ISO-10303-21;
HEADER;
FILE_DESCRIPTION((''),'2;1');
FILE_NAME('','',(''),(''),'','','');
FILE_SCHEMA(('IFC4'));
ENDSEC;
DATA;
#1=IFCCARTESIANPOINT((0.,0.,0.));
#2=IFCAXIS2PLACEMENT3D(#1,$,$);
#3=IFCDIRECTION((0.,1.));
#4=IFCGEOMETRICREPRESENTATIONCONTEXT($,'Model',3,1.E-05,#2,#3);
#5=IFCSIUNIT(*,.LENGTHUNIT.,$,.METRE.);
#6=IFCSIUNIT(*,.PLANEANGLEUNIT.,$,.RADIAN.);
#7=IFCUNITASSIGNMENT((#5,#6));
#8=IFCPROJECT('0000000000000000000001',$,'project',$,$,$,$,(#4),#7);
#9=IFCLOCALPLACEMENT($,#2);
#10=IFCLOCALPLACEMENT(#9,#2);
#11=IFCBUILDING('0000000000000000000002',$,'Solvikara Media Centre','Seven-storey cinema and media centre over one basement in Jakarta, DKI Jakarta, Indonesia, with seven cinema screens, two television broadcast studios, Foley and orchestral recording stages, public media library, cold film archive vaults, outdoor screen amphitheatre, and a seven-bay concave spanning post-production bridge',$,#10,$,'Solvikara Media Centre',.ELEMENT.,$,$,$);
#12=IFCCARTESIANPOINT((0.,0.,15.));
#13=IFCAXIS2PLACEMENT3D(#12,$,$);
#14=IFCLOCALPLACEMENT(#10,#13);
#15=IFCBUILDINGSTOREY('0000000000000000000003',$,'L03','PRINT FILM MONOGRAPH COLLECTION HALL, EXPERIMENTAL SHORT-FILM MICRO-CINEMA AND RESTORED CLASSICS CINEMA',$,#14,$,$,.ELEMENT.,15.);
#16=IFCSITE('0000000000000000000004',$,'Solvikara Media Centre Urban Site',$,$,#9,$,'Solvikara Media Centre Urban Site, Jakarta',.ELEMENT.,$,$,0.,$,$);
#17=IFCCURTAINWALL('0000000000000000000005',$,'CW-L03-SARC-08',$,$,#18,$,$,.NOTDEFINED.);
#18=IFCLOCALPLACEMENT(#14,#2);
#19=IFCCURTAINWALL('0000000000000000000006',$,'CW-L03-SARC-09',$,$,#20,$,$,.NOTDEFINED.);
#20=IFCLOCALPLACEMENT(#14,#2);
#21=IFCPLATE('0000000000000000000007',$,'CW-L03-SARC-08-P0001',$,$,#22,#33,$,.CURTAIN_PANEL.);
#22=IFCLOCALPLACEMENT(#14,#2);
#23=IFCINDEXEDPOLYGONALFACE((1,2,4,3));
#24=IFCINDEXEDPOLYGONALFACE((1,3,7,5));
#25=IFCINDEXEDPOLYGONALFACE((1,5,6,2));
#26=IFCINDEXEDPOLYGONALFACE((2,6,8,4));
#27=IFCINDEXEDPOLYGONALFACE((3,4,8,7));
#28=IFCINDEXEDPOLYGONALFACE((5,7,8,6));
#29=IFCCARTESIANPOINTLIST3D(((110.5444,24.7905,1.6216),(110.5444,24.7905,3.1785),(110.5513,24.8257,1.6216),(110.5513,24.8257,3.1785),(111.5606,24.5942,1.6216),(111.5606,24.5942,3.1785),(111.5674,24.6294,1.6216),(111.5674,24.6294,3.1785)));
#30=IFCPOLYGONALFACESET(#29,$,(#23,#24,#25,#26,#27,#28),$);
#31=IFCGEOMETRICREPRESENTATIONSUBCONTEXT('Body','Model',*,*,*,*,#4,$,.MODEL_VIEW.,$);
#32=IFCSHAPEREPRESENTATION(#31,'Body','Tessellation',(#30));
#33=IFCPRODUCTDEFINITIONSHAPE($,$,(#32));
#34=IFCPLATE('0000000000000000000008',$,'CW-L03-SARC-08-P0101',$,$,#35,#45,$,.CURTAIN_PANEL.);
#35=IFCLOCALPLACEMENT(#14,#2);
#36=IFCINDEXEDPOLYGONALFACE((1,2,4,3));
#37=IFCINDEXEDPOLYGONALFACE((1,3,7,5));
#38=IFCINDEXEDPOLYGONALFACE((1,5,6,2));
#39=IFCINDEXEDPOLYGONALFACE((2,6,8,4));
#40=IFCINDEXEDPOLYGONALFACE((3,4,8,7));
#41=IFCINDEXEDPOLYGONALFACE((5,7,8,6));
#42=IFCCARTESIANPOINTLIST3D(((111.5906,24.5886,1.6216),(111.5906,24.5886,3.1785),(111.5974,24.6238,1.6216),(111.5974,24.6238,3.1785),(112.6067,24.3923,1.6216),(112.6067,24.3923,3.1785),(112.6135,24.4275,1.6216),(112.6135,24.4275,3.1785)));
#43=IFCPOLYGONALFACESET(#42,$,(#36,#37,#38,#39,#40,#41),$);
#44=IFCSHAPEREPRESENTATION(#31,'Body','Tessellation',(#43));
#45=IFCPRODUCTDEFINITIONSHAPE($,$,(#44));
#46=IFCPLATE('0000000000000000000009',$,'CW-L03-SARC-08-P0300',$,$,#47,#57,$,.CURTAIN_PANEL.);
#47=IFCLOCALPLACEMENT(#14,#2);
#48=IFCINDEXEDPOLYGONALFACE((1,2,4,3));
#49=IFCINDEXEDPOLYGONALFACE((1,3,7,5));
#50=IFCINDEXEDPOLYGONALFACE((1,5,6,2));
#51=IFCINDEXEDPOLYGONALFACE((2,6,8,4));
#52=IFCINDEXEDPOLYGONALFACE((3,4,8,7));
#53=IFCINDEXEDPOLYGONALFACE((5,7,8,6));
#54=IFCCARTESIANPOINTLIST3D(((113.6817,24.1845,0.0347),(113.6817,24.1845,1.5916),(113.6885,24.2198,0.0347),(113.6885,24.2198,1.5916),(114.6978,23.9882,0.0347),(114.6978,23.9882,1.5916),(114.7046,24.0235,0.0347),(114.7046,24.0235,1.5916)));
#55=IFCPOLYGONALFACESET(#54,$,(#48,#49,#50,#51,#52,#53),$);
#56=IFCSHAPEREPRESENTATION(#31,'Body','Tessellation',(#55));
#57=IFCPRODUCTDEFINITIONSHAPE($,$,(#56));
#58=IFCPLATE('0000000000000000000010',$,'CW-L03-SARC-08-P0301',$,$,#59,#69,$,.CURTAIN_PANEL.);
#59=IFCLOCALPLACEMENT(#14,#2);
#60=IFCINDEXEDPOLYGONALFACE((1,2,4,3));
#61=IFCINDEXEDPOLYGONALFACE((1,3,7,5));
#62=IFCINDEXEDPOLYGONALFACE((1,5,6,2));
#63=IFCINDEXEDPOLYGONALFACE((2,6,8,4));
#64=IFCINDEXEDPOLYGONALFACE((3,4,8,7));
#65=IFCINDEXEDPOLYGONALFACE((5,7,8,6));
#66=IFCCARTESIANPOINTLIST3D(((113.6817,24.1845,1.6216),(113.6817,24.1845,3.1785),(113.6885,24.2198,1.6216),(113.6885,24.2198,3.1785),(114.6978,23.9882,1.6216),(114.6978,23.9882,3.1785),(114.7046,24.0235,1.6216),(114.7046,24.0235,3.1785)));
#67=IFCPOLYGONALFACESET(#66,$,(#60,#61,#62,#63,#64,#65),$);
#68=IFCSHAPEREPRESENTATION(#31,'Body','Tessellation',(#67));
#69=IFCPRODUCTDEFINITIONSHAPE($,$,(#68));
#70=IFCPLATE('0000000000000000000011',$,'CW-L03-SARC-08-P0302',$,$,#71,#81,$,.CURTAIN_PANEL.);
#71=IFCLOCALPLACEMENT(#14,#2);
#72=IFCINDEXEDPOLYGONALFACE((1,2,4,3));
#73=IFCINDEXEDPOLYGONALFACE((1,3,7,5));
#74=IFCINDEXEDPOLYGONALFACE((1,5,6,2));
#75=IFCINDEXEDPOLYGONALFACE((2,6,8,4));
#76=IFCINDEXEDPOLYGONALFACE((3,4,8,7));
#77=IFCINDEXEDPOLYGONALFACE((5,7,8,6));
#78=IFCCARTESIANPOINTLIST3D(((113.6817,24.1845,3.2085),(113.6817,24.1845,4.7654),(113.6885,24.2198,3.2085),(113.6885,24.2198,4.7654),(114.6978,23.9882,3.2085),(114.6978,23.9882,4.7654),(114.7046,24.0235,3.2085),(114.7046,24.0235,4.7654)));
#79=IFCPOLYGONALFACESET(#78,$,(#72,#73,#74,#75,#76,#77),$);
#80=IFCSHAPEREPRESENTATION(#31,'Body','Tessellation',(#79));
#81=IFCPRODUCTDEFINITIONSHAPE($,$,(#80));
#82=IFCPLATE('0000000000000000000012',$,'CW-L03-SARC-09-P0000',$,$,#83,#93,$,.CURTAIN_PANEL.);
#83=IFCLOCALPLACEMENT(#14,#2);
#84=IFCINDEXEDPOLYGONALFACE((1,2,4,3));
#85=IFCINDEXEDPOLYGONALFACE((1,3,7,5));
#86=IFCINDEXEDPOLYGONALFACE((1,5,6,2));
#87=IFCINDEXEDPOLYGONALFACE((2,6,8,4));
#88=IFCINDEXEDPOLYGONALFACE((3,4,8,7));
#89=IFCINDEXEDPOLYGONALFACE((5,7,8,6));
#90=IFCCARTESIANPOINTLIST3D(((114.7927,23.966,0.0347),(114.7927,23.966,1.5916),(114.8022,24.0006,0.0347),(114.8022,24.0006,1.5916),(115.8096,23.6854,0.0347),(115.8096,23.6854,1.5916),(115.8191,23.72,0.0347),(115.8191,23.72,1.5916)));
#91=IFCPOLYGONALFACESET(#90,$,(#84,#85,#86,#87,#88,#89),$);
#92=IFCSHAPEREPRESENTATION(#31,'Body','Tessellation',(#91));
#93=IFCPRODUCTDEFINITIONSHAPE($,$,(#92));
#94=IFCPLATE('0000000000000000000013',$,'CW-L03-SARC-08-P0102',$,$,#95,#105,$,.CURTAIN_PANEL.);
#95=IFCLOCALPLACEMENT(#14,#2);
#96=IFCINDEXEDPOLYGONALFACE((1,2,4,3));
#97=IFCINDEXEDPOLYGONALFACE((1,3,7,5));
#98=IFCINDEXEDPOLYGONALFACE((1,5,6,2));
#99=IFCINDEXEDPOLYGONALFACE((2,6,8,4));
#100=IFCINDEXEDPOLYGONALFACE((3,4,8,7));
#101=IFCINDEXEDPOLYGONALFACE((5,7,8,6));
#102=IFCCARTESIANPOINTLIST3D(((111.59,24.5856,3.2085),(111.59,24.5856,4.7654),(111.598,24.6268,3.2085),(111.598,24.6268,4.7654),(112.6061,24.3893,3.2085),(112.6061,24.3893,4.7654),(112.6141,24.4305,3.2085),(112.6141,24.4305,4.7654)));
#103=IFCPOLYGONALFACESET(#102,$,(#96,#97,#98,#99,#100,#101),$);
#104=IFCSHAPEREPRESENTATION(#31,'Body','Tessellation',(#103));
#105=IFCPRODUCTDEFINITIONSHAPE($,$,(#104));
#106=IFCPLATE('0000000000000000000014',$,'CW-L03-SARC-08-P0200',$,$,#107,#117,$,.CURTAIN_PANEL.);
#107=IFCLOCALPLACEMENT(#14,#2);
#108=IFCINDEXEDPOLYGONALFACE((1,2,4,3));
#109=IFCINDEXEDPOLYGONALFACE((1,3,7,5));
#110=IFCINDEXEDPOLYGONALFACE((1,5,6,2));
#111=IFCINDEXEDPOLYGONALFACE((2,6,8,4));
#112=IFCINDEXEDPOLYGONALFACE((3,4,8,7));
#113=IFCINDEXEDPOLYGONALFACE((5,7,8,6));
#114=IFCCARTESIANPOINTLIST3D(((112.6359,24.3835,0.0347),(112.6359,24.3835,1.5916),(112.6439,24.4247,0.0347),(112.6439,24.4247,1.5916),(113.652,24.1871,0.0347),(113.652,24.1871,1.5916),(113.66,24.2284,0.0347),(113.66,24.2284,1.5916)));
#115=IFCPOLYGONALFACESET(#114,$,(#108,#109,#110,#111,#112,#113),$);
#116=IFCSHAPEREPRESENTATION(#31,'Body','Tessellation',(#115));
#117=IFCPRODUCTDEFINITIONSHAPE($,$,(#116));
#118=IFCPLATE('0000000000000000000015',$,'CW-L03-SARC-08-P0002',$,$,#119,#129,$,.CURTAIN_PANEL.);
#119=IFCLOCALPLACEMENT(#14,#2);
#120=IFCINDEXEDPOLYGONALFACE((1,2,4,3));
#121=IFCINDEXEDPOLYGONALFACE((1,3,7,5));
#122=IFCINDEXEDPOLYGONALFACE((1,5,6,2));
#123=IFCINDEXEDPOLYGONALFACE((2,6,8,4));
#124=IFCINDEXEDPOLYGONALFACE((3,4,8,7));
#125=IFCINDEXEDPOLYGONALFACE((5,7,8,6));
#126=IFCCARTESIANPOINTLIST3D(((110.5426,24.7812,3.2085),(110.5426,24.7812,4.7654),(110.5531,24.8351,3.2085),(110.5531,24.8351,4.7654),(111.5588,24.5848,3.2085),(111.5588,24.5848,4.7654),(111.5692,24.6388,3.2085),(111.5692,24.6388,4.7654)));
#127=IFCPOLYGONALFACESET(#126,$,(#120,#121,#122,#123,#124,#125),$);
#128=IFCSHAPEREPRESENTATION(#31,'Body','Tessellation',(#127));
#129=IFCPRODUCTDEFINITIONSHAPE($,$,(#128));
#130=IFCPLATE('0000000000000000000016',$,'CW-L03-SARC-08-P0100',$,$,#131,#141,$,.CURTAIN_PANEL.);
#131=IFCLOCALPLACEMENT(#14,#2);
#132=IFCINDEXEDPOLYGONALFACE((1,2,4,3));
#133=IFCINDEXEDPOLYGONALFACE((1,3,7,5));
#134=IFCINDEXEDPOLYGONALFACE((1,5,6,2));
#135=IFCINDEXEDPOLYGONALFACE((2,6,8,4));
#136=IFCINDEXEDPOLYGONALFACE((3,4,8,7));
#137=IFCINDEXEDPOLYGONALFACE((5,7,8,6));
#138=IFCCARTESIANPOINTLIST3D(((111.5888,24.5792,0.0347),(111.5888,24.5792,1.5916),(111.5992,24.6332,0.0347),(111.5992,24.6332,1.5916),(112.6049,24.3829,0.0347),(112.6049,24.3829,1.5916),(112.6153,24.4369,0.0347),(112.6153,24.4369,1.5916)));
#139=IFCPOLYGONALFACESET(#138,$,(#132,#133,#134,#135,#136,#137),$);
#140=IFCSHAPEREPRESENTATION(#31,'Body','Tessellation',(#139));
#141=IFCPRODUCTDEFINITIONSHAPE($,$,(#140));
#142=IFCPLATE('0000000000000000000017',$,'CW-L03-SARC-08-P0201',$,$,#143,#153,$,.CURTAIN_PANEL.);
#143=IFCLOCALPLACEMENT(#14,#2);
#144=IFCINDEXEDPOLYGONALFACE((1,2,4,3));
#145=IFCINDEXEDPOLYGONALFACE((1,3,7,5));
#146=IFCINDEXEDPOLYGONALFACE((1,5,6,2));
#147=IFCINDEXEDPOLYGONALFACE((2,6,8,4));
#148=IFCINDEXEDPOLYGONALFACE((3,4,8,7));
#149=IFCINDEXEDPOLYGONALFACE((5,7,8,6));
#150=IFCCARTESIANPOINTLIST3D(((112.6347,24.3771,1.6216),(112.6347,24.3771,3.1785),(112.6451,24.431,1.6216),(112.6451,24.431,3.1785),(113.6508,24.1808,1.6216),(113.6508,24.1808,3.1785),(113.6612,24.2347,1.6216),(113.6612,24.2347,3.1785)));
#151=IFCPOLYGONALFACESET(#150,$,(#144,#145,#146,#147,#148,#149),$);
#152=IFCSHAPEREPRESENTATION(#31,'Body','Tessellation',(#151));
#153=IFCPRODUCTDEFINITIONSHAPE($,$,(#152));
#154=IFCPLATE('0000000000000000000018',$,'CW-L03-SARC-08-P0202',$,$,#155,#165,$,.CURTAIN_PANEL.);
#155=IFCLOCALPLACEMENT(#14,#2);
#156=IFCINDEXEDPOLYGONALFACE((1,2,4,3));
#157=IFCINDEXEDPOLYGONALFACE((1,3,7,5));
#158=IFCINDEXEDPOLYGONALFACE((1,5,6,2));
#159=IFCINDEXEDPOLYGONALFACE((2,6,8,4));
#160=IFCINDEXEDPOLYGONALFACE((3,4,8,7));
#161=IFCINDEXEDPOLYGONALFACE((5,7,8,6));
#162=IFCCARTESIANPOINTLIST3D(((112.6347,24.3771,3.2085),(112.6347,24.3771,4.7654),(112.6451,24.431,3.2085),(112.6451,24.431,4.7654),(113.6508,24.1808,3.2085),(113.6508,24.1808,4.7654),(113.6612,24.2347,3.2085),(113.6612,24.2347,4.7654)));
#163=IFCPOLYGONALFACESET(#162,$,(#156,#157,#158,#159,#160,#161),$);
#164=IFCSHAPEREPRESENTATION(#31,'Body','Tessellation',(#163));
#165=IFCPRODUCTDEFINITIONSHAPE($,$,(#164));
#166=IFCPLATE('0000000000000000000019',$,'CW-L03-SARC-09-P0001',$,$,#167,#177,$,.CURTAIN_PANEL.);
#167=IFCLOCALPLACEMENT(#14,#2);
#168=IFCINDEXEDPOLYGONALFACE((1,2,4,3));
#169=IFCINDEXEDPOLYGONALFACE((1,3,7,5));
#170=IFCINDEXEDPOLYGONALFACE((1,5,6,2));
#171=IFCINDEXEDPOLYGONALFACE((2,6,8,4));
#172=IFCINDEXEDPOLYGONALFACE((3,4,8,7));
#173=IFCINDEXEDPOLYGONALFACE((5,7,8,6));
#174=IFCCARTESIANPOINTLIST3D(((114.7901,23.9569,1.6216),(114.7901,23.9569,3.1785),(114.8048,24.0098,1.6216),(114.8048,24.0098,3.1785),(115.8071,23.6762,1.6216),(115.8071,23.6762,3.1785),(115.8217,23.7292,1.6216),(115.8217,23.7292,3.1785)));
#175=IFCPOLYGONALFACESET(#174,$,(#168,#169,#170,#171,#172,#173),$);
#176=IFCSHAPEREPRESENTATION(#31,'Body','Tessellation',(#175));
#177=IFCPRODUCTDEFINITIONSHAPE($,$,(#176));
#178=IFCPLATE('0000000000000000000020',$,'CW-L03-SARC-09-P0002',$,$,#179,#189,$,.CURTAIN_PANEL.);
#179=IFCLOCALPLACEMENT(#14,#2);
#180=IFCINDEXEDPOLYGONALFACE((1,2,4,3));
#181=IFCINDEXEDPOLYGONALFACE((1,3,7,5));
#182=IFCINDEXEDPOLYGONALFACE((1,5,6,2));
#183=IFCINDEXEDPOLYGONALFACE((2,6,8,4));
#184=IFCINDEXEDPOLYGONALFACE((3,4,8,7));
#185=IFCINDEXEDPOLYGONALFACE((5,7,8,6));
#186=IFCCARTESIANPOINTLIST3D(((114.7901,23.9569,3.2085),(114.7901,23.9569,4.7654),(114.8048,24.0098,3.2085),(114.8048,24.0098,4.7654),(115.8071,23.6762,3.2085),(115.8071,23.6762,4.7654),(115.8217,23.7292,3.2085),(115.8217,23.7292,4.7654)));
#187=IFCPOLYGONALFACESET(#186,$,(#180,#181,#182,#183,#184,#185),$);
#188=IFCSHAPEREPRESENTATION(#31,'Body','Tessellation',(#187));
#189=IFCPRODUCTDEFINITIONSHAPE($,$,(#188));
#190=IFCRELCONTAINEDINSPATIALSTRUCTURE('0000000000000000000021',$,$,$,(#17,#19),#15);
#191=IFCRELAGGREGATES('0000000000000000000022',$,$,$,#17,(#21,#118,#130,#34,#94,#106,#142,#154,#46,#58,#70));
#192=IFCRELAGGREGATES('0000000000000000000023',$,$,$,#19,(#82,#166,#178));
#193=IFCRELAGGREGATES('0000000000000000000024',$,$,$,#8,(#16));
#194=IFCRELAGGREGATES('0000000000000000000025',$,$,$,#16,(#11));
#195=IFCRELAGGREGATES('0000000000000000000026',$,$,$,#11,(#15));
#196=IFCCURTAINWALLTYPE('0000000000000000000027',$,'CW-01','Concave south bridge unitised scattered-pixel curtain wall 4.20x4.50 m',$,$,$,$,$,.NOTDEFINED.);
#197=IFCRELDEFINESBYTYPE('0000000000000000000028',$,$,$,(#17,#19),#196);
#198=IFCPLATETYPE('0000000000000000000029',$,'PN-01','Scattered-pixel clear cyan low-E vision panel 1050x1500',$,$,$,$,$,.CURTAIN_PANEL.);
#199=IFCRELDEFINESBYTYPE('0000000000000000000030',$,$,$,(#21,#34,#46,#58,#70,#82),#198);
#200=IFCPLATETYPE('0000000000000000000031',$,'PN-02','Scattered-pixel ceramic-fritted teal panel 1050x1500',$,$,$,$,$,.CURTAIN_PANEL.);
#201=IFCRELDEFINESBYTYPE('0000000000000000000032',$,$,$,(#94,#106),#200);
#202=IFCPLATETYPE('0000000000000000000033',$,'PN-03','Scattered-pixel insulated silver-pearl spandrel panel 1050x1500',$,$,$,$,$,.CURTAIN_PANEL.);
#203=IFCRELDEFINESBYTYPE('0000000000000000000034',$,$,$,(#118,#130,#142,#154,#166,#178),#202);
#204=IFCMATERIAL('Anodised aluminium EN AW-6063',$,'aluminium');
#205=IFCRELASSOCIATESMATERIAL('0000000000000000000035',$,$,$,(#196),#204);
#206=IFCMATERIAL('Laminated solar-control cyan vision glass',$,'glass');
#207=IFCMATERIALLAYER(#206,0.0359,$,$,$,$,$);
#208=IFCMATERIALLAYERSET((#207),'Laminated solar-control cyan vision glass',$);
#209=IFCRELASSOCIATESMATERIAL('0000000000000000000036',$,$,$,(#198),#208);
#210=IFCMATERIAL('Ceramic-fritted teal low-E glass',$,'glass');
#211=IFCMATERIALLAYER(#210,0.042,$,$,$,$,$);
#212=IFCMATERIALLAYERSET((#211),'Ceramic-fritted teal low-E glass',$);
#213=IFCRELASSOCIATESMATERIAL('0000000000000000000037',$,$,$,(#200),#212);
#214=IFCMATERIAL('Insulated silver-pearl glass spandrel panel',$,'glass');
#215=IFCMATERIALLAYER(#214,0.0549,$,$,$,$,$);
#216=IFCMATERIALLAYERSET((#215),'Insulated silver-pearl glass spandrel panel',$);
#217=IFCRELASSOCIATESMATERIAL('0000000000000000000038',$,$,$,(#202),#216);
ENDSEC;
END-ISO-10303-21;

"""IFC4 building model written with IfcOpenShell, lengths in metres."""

from ifc_helpers import new_model, si_unit, direction, frame, origin, origin_2d, place, context, subcontext, project, spatial, rectangle, extrude, material, layer, layer_set, type_object, element, aggregate, save


model = new_model("IFC4")

# Units and contexts
model_context = context("Model", 3, precision=1e-05, world=origin(), true_north=direction((0.0, 1.0)))
body_context = subcontext(model_context, "Body", "Model", "MODEL_VIEW")
ifc_project = project(units=[si_unit("LENGTHUNIT", "METRE"), si_unit("PLANEANGLEUNIT", "RADIAN")], contexts=[model_context])

# Site, building, storey
site_placement = place(None, origin())
site = spatial("IfcSite", under=ifc_project, at=site_placement, Name="Solvikara Media Centre Urban Site", LongName="Solvikara Media Centre Urban Site, Jakarta", CompositionType="ELEMENT", RefElevation=0.0)
building_placement = place(site_placement, origin())
building = spatial("IfcBuilding", under=site, at=building_placement, Name="Solvikara Media Centre", Description="Seven-storey cinema and media centre over one basement in Jakarta, DKI Jakarta, Indonesia, with seven cinema screens, two television broadcast studios, Foley and orchestral recording stages, public media library, cold film archive vaults, outdoor screen amphitheatre, and a seven-bay concave spanning post-production bridge", LongName="Solvikara Media Centre", CompositionType="ELEMENT")
storey_placement = place(building_placement, frame((0.0, 0.0, 15.0)))
storey = spatial("IfcBuildingStorey", under=building, at=storey_placement, Name="L03", Description="PRINT FILM MONOGRAPH COLLECTION HALL, EXPERIMENTAL SHORT-FILM MICRO-CINEMA AND RESTORED CLASSICS CINEMA", CompositionType="ELEMENT", Elevation=15.0)

# Curtain walls
ifc_material_1 = material(Name="Anodised aluminium EN AW-6063", Category="aluminium")
curtain_wall_type = type_object("IfcCurtainWallType", Name="CW-01", Description="Concave south bridge unitised scattered-pixel curtain wall 4.20x4.50 m", PredefinedType="NOTDEFINED", material=ifc_material_1)
curtain_wall_1_placement = place(storey_placement, origin())
curtain_wall_1 = element("IfcCurtainWall", 1, at=curtain_wall_1_placement, inside=storey, type_object=curtain_wall_type, Name="CW-L03-SARC-08", PredefinedType="NOTDEFINED")
curtain_wall_2_placement = place(storey_placement, origin())
curtain_wall_2 = element("IfcCurtainWall", 2, at=curtain_wall_2_placement, inside=storey, type_object=curtain_wall_type, Name="CW-L03-SARC-09", PredefinedType="NOTDEFINED")

# Plates
ifc_material_2 = material(Name="Laminated solar-control cyan vision glass", Category="glass")
ifc_layer_1 = layer(ifc_material_2, 0.0359)
ifc_layer_set_1 = layer_set([ifc_layer_1], Name="Laminated solar-control cyan vision glass")
plate_type_1 = type_object("IfcPlateType", Name="PN-01", Description="Scattered-pixel clear cyan low-E vision panel 1050x1500", PredefinedType="CURTAIN_PANEL", material=ifc_layer_set_1)
plate_1_placement = place(storey_placement, frame((111.0559, 24.71, 1.6216), z_axis=(0.0, 0.0, 1.0), x_axis=(0.981843, -0.189695, 0.0)))
plate_1 = element("IfcPlate", 3, at=plate_1_placement, type_object=plate_type_1, Name="CW-L03-SARC-08-P0001", PredefinedType="CURTAIN_PANEL", context=body_context, shape_type="SweptSolid", body=[
    extrude(rectangle(XDim=1.0349, YDim=0.0359, at=origin_2d()), origin(), (0.0, 0.0, 1.0), 1.5569),
])
plate_2_placement = place(storey_placement, frame((112.1021, 24.5081, 1.6216), z_axis=(0.0, 0.0, 1.0), x_axis=(0.981843, -0.189695, 0.0)))
plate_2 = element("IfcPlate", 4, at=plate_2_placement, type_object=plate_type_1, Name="CW-L03-SARC-08-P0101", PredefinedType="CURTAIN_PANEL", context=body_context, shape_type="SweptSolid", body=[
    extrude(rectangle(XDim=1.0349, YDim=0.0359, at=origin_2d()), origin(), (0.0, 0.0, 1.0), 1.5569),
])
plate_3_placement = place(storey_placement, frame((114.1931, 24.104, 0.0347), z_axis=(0.0, 0.0, 1.0), x_axis=(0.981843, -0.189695, 0.0)))
plate_3 = element("IfcPlate", 5, at=plate_3_placement, type_object=plate_type_1, Name="CW-L03-SARC-08-P0300", PredefinedType="CURTAIN_PANEL", context=body_context, shape_type="SweptSolid", body=[
    extrude(rectangle(XDim=1.0349, YDim=0.0359, at=origin_2d()), origin(), (0.0, 0.0, 1.0), 1.5569),
])
plate_4_placement = place(storey_placement, frame((114.1931, 24.104, 1.6216), z_axis=(0.0, 0.0, 1.0), x_axis=(0.981843, -0.189695, 0.0)))
plate_4 = element("IfcPlate", 6, at=plate_4_placement, type_object=plate_type_1, Name="CW-L03-SARC-08-P0301", PredefinedType="CURTAIN_PANEL", context=body_context, shape_type="SweptSolid", body=[
    extrude(rectangle(XDim=1.0349, YDim=0.0359, at=origin_2d()), origin(), (0.0, 0.0, 1.0), 1.5569),
])
plate_5_placement = place(storey_placement, frame((114.1931, 24.104, 3.2085), z_axis=(0.0, 0.0, 1.0), x_axis=(0.981843, -0.189695, 0.0)))
plate_5 = element("IfcPlate", 7, at=plate_5_placement, type_object=plate_type_1, Name="CW-L03-SARC-08-P0302", PredefinedType="CURTAIN_PANEL", context=body_context, shape_type="SweptSolid", body=[
    extrude(rectangle(XDim=1.0349, YDim=0.0359, at=origin_2d()), origin(), (0.0, 0.0, 1.0), 1.5569),
])
plate_6_placement = place(storey_placement, frame((115.3059, 23.843, 0.0347), z_axis=(0.0, 0.0, 1.0), x_axis=(0.96397, -0.26601, 0.0)))
plate_6 = element("IfcPlate", 8, at=plate_6_placement, type_object=plate_type_1, Name="CW-L03-SARC-09-P0000", PredefinedType="CURTAIN_PANEL", context=body_context, shape_type="SweptSolid", body=[
    extrude(rectangle(XDim=1.0549, YDim=0.0359, at=origin_2d()), origin(), (0.0, 0.0, 1.0), 1.5569),
])
ifc_material_3 = material(Name="Ceramic-fritted teal low-E glass", Category="glass")
ifc_layer_2 = layer(ifc_material_3, 0.042)
ifc_layer_set_2 = layer_set([ifc_layer_2], Name="Ceramic-fritted teal low-E glass")
plate_type_2 = type_object("IfcPlateType", Name="PN-02", Description="Scattered-pixel ceramic-fritted teal panel 1050x1500", PredefinedType="CURTAIN_PANEL", material=ifc_layer_set_2)
plate_7_placement = place(storey_placement, frame((112.1021, 24.5081, 3.2085), z_axis=(0.0, 0.0, 1.0), x_axis=(0.981843, -0.189695, 0.0)))
plate_7 = element("IfcPlate", 9, at=plate_7_placement, type_object=plate_type_2, Name="CW-L03-SARC-08-P0102", PredefinedType="CURTAIN_PANEL", context=body_context, shape_type="SweptSolid", body=[
    extrude(rectangle(XDim=1.0349, YDim=0.042, at=origin_2d()), origin(), (0.0, 0.0, 1.0), 1.5569),
])
plate_8_placement = place(storey_placement, frame((113.1479, 24.3059, 0.0347), z_axis=(0.0, 0.0, 1.0), x_axis=(0.981843, -0.189695, 0.0)))
plate_8 = element("IfcPlate", 10, at=plate_8_placement, type_object=plate_type_2, Name="CW-L03-SARC-08-P0200", PredefinedType="CURTAIN_PANEL", context=body_context, shape_type="SweptSolid", body=[
    extrude(rectangle(XDim=1.0349, YDim=0.042, at=origin_2d()), origin(), (0.0, 0.0, 1.0), 1.5569),
])
ifc_material_4 = material(Name="Insulated silver-pearl glass spandrel panel", Category="glass")
ifc_layer_3 = layer(ifc_material_4, 0.0549)
ifc_layer_set_3 = layer_set([ifc_layer_3], Name="Insulated silver-pearl glass spandrel panel")
plate_type_3 = type_object("IfcPlateType", Name="PN-03", Description="Scattered-pixel insulated silver-pearl spandrel panel 1050x1500", PredefinedType="CURTAIN_PANEL", material=ifc_layer_set_3)
plate_9_placement = place(storey_placement, frame((111.0559, 24.71, 3.2085), z_axis=(0.0, 0.0, 1.0), x_axis=(0.981843, -0.189695, 0.0)))
plate_9 = element("IfcPlate", 11, at=plate_9_placement, type_object=plate_type_3, Name="CW-L03-SARC-08-P0002", PredefinedType="CURTAIN_PANEL", context=body_context, shape_type="SweptSolid", body=[
    extrude(rectangle(XDim=1.0349, YDim=0.0549, at=origin_2d()), origin(), (0.0, 0.0, 1.0), 1.5569),
])
plate_10_placement = place(storey_placement, frame((112.1021, 24.5081, 0.0347), z_axis=(0.0, 0.0, 1.0), x_axis=(0.981843, -0.189695, 0.0)))
plate_10 = element("IfcPlate", 12, at=plate_10_placement, type_object=plate_type_3, Name="CW-L03-SARC-08-P0100", PredefinedType="CURTAIN_PANEL", context=body_context, shape_type="SweptSolid", body=[
    extrude(rectangle(XDim=1.0349, YDim=0.0549, at=origin_2d()), origin(), (0.0, 0.0, 1.0), 1.5569),
])
plate_11_placement = place(storey_placement, frame((113.1479, 24.3059, 1.6216), z_axis=(0.0, 0.0, 1.0), x_axis=(0.981843, -0.189695, 0.0)))
plate_11 = element("IfcPlate", 13, at=plate_11_placement, type_object=plate_type_3, Name="CW-L03-SARC-08-P0201", PredefinedType="CURTAIN_PANEL", context=body_context, shape_type="SweptSolid", body=[
    extrude(rectangle(XDim=1.0349, YDim=0.0549, at=origin_2d()), origin(), (0.0, 0.0, 1.0), 1.5569),
])
plate_12_placement = place(storey_placement, frame((113.1479, 24.3059, 3.2085), z_axis=(0.0, 0.0, 1.0), x_axis=(0.981843, -0.189695, 0.0)))
plate_12 = element("IfcPlate", 14, at=plate_12_placement, type_object=plate_type_3, Name="CW-L03-SARC-08-P0202", PredefinedType="CURTAIN_PANEL", context=body_context, shape_type="SweptSolid", body=[
    extrude(rectangle(XDim=1.0349, YDim=0.0549, at=origin_2d()), origin(), (0.0, 0.0, 1.0), 1.5569),
])
aggregate(curtain_wall_1, [plate_1, plate_9, plate_10, plate_2, plate_7, plate_8, plate_11, plate_12, plate_3, plate_4, plate_5])
plate_13_placement = place(storey_placement, frame((115.3059, 23.843, 1.6216), z_axis=(0.0, 0.0, 1.0), x_axis=(0.96397, -0.26601, 0.0)))
plate_13 = element("IfcPlate", 15, at=plate_13_placement, type_object=plate_type_3, Name="CW-L03-SARC-09-P0001", PredefinedType="CURTAIN_PANEL", context=body_context, shape_type="SweptSolid", body=[
    extrude(rectangle(XDim=1.0549, YDim=0.0549, at=origin_2d()), origin(), (0.0, 0.0, 1.0), 1.5569),
])
plate_14_placement = place(storey_placement, frame((115.3059, 23.843, 3.2085), z_axis=(0.0, 0.0, 1.0), x_axis=(0.96397, -0.26601, 0.0)))
plate_14 = element("IfcPlate", 16, at=plate_14_placement, type_object=plate_type_3, Name="CW-L03-SARC-09-P0002", PredefinedType="CURTAIN_PANEL", context=body_context, shape_type="SweptSolid", body=[
    extrude(rectangle(XDim=1.0549, YDim=0.0549, at=origin_2d()), origin(), (0.0, 0.0, 1.0), 1.5569),
])
aggregate(curtain_wall_2, [plate_6, plate_13, plate_14])

save(model, "model.ifc")
